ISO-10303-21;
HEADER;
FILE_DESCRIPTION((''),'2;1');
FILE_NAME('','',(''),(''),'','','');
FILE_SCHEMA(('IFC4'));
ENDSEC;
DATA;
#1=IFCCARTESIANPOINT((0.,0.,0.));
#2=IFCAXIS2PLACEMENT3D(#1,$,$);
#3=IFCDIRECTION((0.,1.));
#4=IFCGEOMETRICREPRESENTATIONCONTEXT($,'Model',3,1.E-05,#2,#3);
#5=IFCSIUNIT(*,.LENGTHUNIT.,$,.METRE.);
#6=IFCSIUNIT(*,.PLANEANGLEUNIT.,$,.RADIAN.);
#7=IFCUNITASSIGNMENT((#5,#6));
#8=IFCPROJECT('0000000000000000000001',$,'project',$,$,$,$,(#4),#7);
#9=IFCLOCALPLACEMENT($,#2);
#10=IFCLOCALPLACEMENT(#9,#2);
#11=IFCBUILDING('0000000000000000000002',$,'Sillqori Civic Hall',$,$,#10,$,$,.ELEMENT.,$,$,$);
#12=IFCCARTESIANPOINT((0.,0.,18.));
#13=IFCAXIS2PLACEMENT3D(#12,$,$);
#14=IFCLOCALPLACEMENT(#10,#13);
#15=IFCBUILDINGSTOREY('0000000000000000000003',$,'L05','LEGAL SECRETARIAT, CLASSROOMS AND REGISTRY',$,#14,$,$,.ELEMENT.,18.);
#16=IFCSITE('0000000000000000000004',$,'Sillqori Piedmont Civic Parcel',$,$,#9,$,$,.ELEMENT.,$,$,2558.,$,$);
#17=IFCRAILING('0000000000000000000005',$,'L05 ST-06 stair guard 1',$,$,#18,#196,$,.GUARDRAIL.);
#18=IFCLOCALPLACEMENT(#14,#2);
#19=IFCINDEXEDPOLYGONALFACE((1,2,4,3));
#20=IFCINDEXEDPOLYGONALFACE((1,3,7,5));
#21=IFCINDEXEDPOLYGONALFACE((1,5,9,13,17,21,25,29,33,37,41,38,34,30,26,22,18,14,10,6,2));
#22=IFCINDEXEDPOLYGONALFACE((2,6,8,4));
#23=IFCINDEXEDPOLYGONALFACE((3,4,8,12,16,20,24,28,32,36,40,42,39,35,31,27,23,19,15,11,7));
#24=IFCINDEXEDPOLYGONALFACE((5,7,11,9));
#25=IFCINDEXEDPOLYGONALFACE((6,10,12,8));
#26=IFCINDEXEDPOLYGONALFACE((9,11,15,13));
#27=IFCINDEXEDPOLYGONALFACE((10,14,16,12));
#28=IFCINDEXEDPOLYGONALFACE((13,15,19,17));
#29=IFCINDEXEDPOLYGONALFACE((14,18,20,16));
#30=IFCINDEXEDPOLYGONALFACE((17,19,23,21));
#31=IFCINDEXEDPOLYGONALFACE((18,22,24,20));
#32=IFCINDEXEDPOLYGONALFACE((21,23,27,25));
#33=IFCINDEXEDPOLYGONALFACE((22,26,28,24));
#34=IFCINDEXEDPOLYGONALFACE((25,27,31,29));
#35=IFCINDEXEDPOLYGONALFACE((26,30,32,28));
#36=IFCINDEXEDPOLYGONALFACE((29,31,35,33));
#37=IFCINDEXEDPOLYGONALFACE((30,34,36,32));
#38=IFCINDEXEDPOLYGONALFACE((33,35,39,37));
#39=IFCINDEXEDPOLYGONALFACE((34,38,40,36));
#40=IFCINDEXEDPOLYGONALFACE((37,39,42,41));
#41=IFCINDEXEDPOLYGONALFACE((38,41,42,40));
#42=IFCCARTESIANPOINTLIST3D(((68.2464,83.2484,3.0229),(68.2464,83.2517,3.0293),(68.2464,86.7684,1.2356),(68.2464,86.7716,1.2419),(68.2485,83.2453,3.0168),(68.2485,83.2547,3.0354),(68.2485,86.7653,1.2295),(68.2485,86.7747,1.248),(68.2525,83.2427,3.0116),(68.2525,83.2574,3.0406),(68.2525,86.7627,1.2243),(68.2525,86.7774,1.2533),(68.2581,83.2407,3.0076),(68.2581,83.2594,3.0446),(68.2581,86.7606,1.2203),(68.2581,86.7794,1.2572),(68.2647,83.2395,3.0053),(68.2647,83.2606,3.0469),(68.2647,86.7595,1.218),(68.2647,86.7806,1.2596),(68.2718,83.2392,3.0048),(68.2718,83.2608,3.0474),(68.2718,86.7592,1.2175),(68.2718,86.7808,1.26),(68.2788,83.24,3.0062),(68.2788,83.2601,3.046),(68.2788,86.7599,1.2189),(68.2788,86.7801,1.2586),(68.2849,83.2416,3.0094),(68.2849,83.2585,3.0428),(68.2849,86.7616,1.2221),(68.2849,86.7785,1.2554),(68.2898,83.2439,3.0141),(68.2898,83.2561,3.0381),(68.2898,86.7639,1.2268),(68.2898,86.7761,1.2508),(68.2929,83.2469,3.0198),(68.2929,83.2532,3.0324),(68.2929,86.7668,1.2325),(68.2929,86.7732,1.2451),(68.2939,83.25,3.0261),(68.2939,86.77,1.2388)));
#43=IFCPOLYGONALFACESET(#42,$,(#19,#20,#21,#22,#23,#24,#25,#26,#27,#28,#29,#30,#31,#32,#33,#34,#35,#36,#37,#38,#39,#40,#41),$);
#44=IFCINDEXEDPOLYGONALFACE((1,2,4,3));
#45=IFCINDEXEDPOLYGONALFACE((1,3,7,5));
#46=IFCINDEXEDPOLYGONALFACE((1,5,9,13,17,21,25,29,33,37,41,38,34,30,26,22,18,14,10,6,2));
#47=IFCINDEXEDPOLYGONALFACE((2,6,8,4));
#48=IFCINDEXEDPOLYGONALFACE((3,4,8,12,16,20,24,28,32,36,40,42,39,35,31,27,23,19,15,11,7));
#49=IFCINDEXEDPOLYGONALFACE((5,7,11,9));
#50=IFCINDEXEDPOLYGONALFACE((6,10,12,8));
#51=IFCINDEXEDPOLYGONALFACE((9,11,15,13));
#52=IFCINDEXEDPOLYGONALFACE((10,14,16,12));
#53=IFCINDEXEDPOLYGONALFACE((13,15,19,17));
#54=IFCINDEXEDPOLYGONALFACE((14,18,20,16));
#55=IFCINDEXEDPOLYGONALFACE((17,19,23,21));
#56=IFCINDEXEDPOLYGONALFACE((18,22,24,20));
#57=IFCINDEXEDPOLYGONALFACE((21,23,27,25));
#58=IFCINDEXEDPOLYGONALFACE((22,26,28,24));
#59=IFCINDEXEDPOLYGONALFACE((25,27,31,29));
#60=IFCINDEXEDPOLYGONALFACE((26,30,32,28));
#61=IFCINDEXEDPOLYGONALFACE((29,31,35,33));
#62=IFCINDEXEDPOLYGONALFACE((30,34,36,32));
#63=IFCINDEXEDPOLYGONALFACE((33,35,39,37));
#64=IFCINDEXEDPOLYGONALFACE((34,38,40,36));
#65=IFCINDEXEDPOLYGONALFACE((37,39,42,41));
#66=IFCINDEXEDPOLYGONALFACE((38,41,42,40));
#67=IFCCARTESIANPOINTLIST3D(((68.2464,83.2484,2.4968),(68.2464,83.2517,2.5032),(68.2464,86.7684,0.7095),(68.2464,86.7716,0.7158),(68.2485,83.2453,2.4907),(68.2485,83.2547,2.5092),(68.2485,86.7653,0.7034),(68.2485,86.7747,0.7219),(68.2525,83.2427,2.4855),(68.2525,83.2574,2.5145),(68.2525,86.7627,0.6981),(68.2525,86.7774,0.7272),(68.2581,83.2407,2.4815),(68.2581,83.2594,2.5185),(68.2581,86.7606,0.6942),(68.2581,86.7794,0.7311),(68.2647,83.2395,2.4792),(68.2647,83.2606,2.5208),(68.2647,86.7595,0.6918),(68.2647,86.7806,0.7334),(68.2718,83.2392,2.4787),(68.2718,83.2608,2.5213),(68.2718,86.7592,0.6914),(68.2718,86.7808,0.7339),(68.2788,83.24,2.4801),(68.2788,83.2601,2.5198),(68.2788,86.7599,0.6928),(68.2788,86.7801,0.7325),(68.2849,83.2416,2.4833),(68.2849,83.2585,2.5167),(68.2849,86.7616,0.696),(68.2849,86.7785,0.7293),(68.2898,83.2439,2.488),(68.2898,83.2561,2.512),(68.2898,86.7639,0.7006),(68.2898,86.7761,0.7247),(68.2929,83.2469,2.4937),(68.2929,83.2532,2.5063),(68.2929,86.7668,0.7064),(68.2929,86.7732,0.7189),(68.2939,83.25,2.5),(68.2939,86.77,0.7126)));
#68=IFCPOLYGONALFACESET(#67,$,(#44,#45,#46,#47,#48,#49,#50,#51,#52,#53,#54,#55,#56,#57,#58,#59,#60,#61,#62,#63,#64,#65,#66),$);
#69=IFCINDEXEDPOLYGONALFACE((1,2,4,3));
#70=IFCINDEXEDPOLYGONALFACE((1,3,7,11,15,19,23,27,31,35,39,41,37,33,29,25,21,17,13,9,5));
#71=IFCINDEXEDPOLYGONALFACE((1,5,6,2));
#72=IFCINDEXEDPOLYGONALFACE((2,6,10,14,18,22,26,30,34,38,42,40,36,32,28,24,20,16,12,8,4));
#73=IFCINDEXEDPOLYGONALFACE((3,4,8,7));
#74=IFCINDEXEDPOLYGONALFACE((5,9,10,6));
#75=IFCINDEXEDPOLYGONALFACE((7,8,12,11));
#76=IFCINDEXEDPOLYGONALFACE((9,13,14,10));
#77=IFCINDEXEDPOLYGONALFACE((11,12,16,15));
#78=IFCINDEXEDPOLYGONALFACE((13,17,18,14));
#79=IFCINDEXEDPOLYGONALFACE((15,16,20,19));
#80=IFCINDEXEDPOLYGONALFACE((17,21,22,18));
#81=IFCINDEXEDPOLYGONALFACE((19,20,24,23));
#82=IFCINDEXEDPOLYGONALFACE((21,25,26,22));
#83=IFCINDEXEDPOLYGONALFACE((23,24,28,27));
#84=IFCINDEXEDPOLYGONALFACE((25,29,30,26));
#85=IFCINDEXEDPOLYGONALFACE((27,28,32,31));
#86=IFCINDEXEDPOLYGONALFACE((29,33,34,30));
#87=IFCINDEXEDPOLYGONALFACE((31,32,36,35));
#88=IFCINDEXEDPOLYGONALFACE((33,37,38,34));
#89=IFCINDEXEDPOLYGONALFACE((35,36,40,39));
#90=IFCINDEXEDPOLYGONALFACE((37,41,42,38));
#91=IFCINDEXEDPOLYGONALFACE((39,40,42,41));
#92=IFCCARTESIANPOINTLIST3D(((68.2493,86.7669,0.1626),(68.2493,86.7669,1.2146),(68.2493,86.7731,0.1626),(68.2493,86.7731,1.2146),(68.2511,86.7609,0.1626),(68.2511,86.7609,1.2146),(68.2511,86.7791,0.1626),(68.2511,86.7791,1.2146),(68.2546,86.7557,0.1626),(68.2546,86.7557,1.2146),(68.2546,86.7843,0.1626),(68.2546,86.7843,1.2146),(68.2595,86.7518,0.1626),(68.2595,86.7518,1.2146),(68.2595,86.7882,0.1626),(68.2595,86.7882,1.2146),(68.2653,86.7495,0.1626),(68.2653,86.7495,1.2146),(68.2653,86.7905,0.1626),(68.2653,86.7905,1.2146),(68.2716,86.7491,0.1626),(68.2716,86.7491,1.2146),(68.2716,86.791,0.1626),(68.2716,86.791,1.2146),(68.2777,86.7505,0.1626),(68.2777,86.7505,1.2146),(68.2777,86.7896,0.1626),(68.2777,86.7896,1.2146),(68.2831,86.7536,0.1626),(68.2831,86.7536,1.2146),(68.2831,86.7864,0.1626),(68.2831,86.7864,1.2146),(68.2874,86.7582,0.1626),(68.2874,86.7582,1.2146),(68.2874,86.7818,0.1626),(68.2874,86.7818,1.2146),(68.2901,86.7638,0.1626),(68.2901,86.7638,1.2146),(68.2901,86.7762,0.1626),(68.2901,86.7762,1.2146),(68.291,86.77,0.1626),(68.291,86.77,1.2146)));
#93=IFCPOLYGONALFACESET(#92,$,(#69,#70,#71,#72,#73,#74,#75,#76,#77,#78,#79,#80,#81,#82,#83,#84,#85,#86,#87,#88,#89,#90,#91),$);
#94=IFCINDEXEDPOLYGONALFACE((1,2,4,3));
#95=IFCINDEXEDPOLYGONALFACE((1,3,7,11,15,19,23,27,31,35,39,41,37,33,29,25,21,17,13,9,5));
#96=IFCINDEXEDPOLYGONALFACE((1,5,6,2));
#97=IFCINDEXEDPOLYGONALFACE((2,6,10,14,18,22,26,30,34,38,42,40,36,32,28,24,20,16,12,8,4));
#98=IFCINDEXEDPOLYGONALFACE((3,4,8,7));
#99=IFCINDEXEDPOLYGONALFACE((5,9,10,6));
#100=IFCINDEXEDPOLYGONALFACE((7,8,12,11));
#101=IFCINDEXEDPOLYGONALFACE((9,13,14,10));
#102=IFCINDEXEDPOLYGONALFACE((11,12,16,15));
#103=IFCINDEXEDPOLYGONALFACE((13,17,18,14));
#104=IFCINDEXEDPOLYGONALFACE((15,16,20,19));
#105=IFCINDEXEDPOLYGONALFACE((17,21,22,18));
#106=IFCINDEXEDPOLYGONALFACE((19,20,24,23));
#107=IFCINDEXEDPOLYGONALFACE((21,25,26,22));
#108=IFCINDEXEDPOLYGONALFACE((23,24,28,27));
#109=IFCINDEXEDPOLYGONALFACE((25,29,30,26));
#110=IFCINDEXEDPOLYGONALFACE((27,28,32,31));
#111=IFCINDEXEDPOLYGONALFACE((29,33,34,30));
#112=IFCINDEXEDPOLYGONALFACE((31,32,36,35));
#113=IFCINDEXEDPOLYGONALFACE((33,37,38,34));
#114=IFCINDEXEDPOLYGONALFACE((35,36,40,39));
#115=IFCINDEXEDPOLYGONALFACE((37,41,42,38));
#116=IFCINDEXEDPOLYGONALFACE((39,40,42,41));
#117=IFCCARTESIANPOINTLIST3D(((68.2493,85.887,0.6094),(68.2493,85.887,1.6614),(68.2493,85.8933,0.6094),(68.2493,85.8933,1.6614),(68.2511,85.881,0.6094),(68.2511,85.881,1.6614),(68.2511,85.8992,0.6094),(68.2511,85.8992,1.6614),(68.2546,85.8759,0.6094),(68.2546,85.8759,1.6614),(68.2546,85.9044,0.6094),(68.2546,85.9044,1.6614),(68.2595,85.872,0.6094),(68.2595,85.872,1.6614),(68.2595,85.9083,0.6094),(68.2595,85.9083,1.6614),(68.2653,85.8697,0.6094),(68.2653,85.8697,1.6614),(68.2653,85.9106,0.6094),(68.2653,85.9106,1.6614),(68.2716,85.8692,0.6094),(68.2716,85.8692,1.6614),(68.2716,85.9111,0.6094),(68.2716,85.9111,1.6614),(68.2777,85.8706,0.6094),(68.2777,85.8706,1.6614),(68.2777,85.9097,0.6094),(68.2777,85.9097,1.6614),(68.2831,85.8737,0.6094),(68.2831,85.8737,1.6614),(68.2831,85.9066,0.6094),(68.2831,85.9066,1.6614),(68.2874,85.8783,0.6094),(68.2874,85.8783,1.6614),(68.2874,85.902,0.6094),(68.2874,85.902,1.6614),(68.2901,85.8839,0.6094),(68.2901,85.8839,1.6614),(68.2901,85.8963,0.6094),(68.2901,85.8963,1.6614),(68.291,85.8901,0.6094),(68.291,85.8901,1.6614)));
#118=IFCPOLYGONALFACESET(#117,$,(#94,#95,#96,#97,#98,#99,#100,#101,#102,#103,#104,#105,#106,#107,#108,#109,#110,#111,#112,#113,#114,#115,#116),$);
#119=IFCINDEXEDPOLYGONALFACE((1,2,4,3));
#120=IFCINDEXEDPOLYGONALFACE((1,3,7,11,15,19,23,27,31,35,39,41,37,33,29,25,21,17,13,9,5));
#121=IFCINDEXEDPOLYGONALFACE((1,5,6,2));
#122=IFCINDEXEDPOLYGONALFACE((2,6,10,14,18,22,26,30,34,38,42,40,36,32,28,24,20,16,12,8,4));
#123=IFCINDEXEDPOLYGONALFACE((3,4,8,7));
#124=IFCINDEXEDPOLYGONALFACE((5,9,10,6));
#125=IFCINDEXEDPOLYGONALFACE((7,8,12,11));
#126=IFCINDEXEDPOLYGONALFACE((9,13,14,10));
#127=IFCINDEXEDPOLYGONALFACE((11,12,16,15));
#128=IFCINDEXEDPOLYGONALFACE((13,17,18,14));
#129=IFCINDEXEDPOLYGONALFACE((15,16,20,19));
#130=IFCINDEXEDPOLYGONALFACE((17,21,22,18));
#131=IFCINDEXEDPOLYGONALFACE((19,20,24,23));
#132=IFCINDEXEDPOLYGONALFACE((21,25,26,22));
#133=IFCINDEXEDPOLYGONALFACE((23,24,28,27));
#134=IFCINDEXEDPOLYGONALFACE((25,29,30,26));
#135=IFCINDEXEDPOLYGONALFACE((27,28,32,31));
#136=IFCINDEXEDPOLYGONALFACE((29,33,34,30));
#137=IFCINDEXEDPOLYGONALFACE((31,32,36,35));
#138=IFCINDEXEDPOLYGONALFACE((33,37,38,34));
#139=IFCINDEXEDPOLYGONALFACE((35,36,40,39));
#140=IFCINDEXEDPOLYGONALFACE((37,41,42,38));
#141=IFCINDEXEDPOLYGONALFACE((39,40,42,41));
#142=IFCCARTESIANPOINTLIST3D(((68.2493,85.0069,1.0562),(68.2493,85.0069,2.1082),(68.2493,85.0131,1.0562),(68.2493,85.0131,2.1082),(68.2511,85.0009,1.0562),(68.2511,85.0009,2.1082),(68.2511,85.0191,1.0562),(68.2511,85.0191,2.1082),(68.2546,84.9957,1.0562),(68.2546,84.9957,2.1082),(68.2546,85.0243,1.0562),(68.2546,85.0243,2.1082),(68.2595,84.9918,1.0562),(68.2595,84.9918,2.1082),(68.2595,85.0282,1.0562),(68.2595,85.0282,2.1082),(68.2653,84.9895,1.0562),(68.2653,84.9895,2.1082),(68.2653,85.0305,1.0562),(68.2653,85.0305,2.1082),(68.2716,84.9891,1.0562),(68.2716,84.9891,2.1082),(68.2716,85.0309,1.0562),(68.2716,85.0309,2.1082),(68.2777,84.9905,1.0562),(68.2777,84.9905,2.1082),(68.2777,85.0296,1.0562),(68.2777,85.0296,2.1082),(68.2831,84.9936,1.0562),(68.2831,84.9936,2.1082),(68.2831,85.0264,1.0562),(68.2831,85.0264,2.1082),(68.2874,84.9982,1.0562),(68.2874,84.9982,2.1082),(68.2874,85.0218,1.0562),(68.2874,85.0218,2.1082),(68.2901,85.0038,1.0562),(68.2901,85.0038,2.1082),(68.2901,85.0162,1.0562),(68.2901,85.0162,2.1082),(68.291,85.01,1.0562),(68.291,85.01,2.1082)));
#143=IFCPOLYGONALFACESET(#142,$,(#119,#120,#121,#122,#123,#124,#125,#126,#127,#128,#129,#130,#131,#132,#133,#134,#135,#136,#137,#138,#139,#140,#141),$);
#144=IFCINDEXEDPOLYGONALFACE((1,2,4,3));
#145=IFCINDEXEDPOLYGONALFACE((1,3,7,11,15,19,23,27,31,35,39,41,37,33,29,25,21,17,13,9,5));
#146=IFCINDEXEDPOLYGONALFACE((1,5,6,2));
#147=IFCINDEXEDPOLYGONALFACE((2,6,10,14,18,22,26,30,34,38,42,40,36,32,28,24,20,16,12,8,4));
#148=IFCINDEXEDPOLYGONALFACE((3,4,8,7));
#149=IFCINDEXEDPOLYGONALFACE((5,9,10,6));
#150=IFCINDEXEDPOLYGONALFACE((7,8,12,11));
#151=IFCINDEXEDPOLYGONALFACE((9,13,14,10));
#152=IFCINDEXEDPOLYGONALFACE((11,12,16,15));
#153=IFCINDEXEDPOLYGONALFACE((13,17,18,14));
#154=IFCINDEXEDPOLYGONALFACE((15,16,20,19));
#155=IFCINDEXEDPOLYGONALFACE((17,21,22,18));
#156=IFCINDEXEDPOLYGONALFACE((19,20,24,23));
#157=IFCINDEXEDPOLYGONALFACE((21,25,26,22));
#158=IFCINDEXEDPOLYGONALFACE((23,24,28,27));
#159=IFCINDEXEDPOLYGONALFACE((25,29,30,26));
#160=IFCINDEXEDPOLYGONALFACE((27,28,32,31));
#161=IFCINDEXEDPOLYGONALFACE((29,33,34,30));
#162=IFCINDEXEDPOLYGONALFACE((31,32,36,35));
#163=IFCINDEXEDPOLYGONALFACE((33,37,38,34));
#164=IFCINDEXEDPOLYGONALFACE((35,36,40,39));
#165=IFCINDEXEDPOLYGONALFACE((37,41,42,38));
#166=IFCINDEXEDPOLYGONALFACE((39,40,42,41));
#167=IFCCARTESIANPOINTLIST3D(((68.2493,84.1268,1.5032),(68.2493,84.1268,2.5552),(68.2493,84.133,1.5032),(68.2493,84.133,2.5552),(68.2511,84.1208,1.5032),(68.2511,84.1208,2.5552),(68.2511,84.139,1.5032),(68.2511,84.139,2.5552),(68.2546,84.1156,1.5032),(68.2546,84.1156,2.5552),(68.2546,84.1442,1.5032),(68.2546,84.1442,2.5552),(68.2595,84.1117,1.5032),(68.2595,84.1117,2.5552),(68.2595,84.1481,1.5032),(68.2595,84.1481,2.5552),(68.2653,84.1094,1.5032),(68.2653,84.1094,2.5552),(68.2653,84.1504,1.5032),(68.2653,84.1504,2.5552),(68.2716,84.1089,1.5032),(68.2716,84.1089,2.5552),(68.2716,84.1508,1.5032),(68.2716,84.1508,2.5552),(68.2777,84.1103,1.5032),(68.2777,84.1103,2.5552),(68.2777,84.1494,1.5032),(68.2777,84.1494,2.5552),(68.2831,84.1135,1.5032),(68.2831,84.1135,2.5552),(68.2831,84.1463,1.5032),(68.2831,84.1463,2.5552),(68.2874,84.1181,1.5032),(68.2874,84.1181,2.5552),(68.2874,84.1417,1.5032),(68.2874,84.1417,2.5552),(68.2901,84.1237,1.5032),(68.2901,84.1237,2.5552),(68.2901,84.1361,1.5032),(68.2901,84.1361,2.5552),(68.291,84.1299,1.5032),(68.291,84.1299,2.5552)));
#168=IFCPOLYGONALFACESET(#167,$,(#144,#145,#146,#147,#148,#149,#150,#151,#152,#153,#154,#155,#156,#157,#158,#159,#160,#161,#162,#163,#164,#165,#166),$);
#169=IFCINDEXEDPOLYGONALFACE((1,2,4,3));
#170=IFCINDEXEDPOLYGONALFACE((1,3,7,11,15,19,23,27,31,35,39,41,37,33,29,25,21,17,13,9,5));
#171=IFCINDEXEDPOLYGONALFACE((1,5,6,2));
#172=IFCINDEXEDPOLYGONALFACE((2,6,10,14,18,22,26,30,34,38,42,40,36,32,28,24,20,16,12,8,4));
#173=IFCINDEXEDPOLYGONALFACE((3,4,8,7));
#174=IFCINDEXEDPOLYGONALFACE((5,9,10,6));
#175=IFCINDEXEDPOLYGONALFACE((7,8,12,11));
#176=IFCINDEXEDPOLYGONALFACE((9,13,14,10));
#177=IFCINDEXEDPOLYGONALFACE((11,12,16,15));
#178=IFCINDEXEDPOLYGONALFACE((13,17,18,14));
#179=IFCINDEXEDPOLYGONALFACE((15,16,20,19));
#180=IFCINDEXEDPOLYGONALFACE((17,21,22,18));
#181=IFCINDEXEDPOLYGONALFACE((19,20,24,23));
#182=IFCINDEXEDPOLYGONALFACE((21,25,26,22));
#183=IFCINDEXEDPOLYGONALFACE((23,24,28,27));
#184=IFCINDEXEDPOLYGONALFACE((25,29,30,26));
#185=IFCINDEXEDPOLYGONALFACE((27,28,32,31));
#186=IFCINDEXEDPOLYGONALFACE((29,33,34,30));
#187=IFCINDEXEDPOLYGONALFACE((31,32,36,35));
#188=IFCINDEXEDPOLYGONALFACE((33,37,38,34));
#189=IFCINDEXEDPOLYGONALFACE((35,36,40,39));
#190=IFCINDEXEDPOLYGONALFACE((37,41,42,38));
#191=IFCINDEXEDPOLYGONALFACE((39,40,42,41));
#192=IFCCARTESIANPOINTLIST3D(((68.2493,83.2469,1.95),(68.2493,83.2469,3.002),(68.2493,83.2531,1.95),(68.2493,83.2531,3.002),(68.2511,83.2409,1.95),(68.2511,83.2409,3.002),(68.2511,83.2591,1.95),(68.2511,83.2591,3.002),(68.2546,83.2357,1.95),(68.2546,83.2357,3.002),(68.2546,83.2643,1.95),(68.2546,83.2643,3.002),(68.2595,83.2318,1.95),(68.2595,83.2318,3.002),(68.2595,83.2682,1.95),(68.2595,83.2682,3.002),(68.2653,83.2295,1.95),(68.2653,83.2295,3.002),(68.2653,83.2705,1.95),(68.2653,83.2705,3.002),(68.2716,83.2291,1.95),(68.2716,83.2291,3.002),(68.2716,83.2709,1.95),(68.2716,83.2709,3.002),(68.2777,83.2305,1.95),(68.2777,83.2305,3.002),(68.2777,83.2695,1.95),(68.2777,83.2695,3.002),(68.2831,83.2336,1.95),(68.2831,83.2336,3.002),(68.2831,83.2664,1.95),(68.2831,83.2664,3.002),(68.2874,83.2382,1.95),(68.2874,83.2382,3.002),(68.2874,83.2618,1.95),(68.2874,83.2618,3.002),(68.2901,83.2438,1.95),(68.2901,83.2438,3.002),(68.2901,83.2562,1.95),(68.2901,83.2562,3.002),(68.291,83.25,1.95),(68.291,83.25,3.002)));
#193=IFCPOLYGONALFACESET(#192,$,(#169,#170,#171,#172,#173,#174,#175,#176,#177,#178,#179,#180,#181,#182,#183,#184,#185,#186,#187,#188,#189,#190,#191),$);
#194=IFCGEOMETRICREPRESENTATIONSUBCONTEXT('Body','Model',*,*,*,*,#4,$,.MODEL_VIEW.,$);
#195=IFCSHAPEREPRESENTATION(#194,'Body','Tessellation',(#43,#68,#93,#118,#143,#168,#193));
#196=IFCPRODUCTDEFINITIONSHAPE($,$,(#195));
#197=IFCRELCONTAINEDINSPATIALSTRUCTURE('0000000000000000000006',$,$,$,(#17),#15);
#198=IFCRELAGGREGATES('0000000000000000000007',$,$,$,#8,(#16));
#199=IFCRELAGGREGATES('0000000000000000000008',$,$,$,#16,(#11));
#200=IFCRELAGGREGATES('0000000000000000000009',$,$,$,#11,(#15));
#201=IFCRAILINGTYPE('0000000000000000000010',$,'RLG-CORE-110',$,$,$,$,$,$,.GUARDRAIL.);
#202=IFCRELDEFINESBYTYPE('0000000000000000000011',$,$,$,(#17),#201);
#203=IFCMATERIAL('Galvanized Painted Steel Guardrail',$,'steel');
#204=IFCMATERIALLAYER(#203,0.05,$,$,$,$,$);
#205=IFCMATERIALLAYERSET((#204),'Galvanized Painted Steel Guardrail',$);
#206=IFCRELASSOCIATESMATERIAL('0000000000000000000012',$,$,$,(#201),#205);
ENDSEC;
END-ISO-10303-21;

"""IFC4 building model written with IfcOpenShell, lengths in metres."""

from ifc_helpers import new_model, si_unit, direction, frame, origin, origin_2d, place, context, subcontext, project, spatial, circle, extrude, material, layer, layer_set, type_object, element, save


model = new_model("IFC4")

# Units and contexts
model_context = context("Model", 3, precision=1e-05, world=origin(), true_north=direction((0.0, 1.0)))
body_context = subcontext(model_context, "Body", "Model", "MODEL_VIEW")
ifc_project = project(units=[si_unit("LENGTHUNIT", "METRE"), si_unit("PLANEANGLEUNIT", "RADIAN")], contexts=[model_context])

# Site, building, storey
site_placement = place(None, origin())
site = spatial("IfcSite", under=ifc_project, at=site_placement, Name="Sillqori Piedmont Civic Parcel", CompositionType="ELEMENT", RefElevation=2558.0)
building_placement = place(site_placement, origin())
building = spatial("IfcBuilding", under=site, at=building_placement, Name="Sillqori Civic Hall", CompositionType="ELEMENT")
storey_placement = place(building_placement, frame((0.0, 0.0, 18.0)))
storey = spatial("IfcBuildingStorey", under=building, at=storey_placement, Name="L05", Description="LEGAL SECRETARIAT, CLASSROOMS AND REGISTRY", CompositionType="ELEMENT", Elevation=18.0)

# Railing
ifc_material_1 = material(Name="Galvanized Painted Steel Guardrail", Category="steel")
ifc_layer_1 = layer(ifc_material_1, 0.05)
ifc_layer_set_1 = layer_set([ifc_layer_1], Name="Galvanized Painted Steel Guardrail")
railing_type_1 = type_object("IfcRailingType", Name="RLG-CORE-110", PredefinedType="GUARDRAIL", material=ifc_layer_set_1)
railing_1_placement = place(storey_placement, frame((68.27, 86.77, 0.1626)))
element("IfcRailing", 1, at=railing_1_placement, inside=storey, type_object=railing_type_1, Name="L05 ST-06 stair guard 1", PredefinedType="GUARDRAIL", context=body_context, shape_type="SweptSolid", body=[
    extrude(circle(Radius=0.0239, at=origin_2d()), frame((0.0, 0.0, 1.0762), z_axis=(0.0, -0.89164, 0.452746), x_axis=(1.0, 0.0, 0.0)), (0.0, 0.0, 1.0), 3.9478),
    extrude(circle(Radius=0.0239, at=origin_2d()), frame((0.0, 0.0, 0.55), z_axis=(0.0, -0.89164, 0.452746), x_axis=(1.0, 0.0, 0.0)), (0.0, 0.0, 1.0), 3.9478),
    extrude(circle(Radius=0.021, at=origin_2d()), origin(), (0.0, 0.0, 1.0), 1.052),
    extrude(circle(Radius=0.021, at=origin_2d()), frame((0.0, -0.8799, 0.4468)), (0.0, 0.0, 1.0), 1.052),
    extrude(circle(Radius=0.021, at=origin_2d()), frame((0.0, -1.76, 0.8936)), (0.0, 0.0, 1.0), 1.052),
    extrude(circle(Radius=0.021, at=origin_2d()), frame((0.0, -2.6401, 1.3406)), (0.0, 0.0, 1.0), 1.052),
    extrude(circle(Radius=0.021, at=origin_2d()), frame((0.0, -3.52, 1.7874)), (0.0, 0.0, 1.0), 1.052),
])

save(model, "model.ifc")
